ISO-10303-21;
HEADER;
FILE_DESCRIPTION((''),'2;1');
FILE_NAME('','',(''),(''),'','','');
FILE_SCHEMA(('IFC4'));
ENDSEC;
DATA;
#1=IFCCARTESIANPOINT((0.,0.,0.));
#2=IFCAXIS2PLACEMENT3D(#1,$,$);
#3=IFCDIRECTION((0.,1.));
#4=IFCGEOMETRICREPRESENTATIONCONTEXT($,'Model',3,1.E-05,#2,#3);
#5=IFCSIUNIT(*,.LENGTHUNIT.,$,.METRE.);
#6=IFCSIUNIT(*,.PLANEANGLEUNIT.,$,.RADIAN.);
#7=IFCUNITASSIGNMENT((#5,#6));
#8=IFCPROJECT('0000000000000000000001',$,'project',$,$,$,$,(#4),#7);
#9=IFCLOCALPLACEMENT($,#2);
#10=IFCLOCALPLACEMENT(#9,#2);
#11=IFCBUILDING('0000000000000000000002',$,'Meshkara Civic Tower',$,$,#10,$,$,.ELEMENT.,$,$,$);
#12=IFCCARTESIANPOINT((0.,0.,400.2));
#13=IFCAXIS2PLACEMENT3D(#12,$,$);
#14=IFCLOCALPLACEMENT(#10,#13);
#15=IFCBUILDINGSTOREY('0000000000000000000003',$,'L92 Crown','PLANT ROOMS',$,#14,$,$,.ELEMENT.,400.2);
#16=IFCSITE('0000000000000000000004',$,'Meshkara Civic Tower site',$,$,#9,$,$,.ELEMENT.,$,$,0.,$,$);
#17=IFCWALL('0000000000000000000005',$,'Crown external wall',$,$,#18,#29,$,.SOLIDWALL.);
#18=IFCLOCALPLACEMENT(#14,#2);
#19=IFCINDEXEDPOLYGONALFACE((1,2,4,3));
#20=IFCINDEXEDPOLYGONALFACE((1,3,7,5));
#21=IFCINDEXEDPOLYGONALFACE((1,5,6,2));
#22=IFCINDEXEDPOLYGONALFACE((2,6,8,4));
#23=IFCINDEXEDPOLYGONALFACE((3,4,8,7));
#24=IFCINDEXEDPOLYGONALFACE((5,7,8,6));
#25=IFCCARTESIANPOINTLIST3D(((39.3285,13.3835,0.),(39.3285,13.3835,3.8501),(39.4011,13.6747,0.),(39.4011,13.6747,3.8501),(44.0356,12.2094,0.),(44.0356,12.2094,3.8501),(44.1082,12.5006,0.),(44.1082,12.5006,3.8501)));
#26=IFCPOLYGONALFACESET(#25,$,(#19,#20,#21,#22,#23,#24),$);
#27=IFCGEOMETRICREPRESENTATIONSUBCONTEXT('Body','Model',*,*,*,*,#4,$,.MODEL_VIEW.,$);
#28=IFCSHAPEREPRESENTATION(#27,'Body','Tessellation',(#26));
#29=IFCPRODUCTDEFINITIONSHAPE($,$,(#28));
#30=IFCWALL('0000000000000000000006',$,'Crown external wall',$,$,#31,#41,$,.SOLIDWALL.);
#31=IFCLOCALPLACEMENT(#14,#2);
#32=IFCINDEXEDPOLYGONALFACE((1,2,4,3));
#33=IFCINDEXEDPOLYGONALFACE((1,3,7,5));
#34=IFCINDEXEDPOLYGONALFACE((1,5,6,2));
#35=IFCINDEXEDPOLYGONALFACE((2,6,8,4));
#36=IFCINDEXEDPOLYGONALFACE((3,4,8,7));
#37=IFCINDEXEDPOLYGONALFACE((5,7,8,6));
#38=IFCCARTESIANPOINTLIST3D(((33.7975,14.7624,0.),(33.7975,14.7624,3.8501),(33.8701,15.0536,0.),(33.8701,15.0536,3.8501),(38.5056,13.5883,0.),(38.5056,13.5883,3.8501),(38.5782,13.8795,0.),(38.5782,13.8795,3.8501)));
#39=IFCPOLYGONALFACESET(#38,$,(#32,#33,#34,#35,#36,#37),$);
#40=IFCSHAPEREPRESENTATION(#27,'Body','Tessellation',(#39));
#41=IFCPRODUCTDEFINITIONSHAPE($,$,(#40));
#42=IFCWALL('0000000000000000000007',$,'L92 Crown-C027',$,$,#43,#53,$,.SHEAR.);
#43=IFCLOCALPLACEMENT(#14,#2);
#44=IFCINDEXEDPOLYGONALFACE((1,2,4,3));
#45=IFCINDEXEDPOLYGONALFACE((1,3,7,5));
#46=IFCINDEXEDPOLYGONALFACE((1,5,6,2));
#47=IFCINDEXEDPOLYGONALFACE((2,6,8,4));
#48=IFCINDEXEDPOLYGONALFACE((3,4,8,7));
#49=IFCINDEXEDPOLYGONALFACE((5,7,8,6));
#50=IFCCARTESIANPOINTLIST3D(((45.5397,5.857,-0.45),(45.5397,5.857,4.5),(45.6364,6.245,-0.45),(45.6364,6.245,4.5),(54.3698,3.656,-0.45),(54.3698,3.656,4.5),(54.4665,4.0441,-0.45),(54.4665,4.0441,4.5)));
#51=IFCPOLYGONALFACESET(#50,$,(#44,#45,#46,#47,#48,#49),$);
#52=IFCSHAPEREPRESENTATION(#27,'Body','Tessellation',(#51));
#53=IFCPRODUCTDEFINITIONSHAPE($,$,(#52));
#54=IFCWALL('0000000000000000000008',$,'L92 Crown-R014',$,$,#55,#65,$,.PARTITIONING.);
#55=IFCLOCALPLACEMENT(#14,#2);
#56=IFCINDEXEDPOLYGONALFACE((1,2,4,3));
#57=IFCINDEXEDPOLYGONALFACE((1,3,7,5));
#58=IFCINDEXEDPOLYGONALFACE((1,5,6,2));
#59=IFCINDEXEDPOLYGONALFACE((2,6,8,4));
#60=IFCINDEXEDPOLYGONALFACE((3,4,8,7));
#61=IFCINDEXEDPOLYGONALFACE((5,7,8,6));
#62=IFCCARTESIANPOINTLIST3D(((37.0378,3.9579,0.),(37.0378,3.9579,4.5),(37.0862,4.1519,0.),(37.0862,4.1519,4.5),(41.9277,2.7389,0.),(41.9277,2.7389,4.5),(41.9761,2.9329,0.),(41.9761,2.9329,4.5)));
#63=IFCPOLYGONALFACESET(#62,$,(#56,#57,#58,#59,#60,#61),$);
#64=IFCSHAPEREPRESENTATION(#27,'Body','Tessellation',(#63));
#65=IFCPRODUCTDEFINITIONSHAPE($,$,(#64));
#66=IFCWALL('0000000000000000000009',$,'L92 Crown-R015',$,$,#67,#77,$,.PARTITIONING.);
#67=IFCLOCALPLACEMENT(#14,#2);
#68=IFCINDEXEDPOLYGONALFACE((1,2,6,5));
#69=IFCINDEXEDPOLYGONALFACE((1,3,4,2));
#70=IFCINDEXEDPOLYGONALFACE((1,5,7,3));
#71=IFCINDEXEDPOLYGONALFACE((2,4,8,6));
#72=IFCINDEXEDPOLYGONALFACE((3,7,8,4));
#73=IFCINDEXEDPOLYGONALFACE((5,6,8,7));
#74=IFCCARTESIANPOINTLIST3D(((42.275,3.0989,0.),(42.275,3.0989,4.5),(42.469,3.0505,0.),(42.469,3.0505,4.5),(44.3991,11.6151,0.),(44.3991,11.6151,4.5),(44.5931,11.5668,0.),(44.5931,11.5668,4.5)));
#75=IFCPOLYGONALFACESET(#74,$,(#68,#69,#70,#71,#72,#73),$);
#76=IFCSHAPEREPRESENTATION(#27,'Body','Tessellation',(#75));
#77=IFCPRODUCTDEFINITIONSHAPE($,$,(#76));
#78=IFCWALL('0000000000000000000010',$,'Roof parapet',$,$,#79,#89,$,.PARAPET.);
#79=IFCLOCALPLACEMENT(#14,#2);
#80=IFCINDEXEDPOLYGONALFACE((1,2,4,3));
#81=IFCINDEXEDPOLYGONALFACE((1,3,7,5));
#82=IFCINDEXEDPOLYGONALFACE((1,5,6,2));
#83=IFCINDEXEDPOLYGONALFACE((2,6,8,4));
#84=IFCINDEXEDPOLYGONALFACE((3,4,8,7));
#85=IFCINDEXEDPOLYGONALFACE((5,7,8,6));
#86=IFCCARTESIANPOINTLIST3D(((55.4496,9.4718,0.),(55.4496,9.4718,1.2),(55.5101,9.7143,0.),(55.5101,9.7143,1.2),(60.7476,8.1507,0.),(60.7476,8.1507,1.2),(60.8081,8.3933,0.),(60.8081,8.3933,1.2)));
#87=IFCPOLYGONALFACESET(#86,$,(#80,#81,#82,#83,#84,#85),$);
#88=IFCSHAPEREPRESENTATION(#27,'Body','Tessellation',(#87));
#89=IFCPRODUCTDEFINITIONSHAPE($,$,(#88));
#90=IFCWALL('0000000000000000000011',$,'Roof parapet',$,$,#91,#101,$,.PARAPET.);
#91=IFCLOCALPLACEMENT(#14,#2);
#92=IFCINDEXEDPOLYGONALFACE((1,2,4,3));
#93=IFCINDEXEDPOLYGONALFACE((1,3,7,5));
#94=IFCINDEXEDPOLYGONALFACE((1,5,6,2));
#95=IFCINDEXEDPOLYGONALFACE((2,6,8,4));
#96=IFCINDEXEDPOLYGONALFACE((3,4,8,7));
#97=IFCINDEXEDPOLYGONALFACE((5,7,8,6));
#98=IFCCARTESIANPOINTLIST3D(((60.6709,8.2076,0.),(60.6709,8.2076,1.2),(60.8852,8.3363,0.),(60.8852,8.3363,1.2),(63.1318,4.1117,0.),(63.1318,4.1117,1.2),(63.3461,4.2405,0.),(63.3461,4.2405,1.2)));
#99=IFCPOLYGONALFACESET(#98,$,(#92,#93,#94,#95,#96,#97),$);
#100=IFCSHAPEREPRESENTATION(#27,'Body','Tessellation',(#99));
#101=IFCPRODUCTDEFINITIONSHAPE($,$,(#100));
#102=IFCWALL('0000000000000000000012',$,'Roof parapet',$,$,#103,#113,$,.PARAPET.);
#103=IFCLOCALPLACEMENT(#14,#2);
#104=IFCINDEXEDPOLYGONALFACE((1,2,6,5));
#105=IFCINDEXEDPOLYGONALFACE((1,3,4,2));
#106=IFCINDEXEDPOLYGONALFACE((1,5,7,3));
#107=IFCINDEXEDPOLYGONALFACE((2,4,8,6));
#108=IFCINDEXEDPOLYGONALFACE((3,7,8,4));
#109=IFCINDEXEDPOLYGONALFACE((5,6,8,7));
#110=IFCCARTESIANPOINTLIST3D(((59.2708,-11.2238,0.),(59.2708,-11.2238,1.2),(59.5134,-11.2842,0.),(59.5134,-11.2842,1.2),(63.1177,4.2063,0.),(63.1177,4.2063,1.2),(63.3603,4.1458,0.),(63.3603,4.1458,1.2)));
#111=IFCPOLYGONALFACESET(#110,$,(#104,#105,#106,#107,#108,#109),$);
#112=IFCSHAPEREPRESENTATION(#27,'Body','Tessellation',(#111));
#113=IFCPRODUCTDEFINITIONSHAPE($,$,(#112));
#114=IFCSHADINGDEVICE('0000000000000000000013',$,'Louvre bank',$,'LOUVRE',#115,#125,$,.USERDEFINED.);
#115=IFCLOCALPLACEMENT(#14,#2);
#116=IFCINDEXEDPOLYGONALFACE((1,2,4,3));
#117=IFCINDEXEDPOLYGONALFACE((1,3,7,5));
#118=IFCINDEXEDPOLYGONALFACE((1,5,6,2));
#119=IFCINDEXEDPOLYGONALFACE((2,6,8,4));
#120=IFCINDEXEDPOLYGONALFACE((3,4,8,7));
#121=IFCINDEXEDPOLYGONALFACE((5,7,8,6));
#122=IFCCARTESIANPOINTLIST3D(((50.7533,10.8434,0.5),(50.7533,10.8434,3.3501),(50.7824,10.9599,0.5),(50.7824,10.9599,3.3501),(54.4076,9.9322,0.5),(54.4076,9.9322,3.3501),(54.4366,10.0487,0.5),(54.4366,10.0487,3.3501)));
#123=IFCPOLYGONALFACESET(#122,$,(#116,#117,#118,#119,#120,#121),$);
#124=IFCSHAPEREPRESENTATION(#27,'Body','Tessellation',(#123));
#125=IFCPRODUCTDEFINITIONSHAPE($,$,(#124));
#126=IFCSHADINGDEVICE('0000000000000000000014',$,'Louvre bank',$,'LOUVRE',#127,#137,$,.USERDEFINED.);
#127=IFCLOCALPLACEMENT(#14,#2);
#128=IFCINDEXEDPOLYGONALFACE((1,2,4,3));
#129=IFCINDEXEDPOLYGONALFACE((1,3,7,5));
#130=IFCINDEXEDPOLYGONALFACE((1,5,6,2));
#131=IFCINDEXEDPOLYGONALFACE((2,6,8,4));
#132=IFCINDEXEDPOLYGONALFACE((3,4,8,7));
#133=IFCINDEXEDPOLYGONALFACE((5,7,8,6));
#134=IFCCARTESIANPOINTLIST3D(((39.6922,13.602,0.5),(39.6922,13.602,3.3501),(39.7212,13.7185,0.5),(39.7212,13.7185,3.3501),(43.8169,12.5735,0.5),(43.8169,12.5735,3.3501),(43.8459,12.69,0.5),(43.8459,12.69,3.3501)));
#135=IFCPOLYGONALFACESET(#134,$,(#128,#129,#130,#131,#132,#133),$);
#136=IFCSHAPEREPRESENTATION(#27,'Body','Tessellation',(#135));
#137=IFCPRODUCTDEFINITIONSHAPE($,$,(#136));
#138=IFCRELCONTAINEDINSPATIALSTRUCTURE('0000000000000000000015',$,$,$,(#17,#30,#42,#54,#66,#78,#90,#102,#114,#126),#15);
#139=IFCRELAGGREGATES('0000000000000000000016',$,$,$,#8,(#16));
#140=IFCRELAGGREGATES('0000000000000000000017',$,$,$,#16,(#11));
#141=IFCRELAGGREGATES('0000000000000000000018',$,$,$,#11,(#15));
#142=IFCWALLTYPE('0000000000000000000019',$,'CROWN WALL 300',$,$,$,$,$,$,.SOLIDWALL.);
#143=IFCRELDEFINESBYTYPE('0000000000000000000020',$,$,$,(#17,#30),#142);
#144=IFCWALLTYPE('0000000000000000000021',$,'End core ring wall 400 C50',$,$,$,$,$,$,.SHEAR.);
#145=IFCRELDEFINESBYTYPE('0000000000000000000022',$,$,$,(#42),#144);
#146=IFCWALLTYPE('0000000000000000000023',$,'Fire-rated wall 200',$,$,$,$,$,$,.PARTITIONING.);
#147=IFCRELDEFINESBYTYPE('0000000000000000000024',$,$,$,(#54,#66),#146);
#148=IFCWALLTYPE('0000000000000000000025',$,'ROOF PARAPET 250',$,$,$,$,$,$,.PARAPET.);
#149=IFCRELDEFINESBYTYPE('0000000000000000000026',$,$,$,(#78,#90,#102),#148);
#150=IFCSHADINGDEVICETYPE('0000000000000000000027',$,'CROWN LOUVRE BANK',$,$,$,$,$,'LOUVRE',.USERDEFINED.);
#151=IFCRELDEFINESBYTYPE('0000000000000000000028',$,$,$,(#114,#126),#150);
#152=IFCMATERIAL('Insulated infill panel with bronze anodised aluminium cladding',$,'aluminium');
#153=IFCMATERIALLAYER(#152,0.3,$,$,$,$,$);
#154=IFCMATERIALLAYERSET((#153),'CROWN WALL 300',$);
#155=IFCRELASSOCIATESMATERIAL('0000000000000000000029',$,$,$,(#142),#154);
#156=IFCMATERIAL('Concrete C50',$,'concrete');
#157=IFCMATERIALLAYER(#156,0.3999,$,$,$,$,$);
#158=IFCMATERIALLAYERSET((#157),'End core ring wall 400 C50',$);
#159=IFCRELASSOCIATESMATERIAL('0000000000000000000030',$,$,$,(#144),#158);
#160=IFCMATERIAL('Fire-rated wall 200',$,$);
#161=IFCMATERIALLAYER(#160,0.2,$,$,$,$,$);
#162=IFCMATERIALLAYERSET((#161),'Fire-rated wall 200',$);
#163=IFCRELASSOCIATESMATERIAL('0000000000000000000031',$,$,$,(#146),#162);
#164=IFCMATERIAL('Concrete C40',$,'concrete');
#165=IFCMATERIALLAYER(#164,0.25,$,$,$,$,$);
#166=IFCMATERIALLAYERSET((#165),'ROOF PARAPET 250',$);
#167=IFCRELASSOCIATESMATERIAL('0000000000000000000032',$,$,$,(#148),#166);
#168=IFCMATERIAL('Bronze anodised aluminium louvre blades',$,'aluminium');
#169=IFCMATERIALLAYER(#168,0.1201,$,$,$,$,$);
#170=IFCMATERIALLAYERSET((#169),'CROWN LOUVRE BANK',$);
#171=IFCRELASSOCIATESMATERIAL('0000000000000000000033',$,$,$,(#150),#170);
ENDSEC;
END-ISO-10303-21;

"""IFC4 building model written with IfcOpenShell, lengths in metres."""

from ifc_helpers import new_model, si_unit, direction, frame, frame_2d, origin, origin_2d, place, context, subcontext, project, spatial, rectangle, extrude, material, layer, layer_set, type_object, element, save


model = new_model("IFC4")

# Units and contexts
model_context = context("Model", 3, precision=1e-05, world=origin(), true_north=direction((0.0, 1.0)))
body_context = subcontext(model_context, "Body", "Model", "MODEL_VIEW")
ifc_project = project(units=[si_unit("LENGTHUNIT", "METRE"), si_unit("PLANEANGLEUNIT", "RADIAN")], contexts=[model_context])

# Site, building, storey
site_placement = place(None, origin())
site = spatial("IfcSite", under=ifc_project, at=site_placement, Name="Meshkara Civic Tower site", CompositionType="ELEMENT", RefElevation=0.0)
building_placement = place(site_placement, origin())
building = spatial("IfcBuilding", under=site, at=building_placement, Name="Meshkara Civic Tower", CompositionType="ELEMENT")
storey_placement = place(building_placement, frame((0.0, 0.0, 400.2)))
storey = spatial("IfcBuildingStorey", under=building, at=storey_placement, Name="L92 Crown", Description="PLANT ROOMS", CompositionType="ELEMENT", Elevation=400.2)

# Walls
ifc_material_1 = material(Name="Insulated infill panel with bronze anodised aluminium cladding", Category="aluminium")
ifc_layer_1 = layer(ifc_material_1, 0.3)
ifc_layer_set_1 = layer_set([ifc_layer_1], Name="CROWN WALL 300")
wall_type_1 = type_object("IfcWallType", Name="CROWN WALL 300", PredefinedType="SOLIDWALL", material=ifc_layer_set_1)
wall_1_placement = place(storey_placement, frame((44.072, 12.355, 0.0), z_axis=(0.0, 0.0, 1.0), x_axis=(-0.970273, 0.242015, 0.0)))
element("IfcWall", 1, at=wall_1_placement, inside=storey, type_object=wall_type_1, Name="Crown external wall", PredefinedType="SOLIDWALL", context=body_context, shape_type="SweptSolid", body=[
    extrude(rectangle(XDim=4.8513, YDim=0.3, at=frame_2d((2.4258, 0.0))), origin(), (0.0, 0.0, 1.0), 3.8501),
])
wall_2_placement = place(storey_placement, frame((38.542, 13.7339, 0.0), z_axis=(0.0, 0.0, 1.0), x_axis=(-0.970284, 0.241967, 0.0)))
element("IfcWall", 2, at=wall_2_placement, inside=storey, type_object=wall_type_1, Name="Crown external wall", PredefinedType="SOLIDWALL", context=body_context, shape_type="SweptSolid", body=[
    extrude(rectangle(XDim=4.8523, YDim=0.3, at=frame_2d((2.4263, 0.0))), origin(), (0.0, 0.0, 1.0), 3.8501),
])

# Walls
ifc_material_2 = material(Name="Concrete C50", Category="concrete")
ifc_layer_2 = layer(ifc_material_2, 0.3999)
ifc_layer_set_2 = layer_set([ifc_layer_2], Name="End core ring wall 400 C50")
wall_type_2 = type_object("IfcWallType", Name="End core ring wall 400 C50", PredefinedType="SHEAR", material=ifc_layer_set_2)
wall_3_placement = place(storey_placement, frame((45.5879, 6.051, -0.45), z_axis=(0.0, 0.0, 1.0), x_axis=(0.970313, -0.241854, 0.0)))
element("IfcWall", 3, at=wall_3_placement, inside=storey, type_object=wall_type_2, Name="L92 Crown-C027", PredefinedType="SHEAR", context=body_context, shape_type="SweptSolid", body=[
    extrude(rectangle(XDim=9.1003, YDim=0.3999, at=frame_2d((4.5503, 0.0))), origin(), (0.0, 0.0, 1.0), 4.95),
])
ifc_material_3 = material(Name="Fire-rated wall 200")
ifc_layer_3 = layer(ifc_material_3, 0.2)
ifc_layer_set_3 = layer_set([ifc_layer_3], Name="Fire-rated wall 200")
wall_type_3 = type_object("IfcWallType", Name="Fire-rated wall 200", PredefinedType="PARTITIONING", material=ifc_layer_set_3)
wall_4_placement = place(storey_placement, frame((41.9519, 2.8359, 0.0), z_axis=(0.0, 0.0, 1.0), x_axis=(-0.970305, 0.241886, 0.0)))
element("IfcWall", 4, at=wall_4_placement, inside=storey, type_object=wall_type_3, Name="L92 Crown-R014", PredefinedType="PARTITIONING", context=body_context, shape_type="SweptSolid", body=[
    extrude(rectangle(XDim=5.0396, YDim=0.2, at=frame_2d((2.5198, 0.0))), origin(), (0.0, 0.0, 1.0), 4.5),
])
wall_5_placement = place(storey_placement, frame((44.4961, 11.5911, 0.0), z_axis=(0.0, 0.0, 1.0), x_axis=(-0.241999, -0.970277, 0.0)))
element("IfcWall", 5, at=wall_5_placement, inside=storey, type_object=wall_type_3, Name="L92 Crown-R015", PredefinedType="PARTITIONING", context=body_context, shape_type="SweptSolid", body=[
    extrude(rectangle(XDim=8.7771, YDim=0.2, at=frame_2d((4.3887, 0.0))), origin(), (0.0, 0.0, 1.0), 4.5),
])
ifc_material_4 = material(Name="Concrete C40", Category="concrete")
ifc_layer_4 = layer(ifc_material_4, 0.25)
ifc_layer_set_4 = layer_set([ifc_layer_4], Name="ROOF PARAPET 250")
wall_type_4 = type_object("IfcWallType", Name="ROOF PARAPET 250", PredefinedType="PARAPET", material=ifc_layer_set_4)
wall_6_placement = place(storey_placement, frame((55.48, 9.593, 0.0), z_axis=(0.0, 0.0, 1.0), x_axis=(0.970292, -0.241936, 0.0)))
element("IfcWall", 6, at=wall_6_placement, inside=storey, type_object=wall_type_4, Name="Roof parapet", PredefinedType="PARAPET", context=body_context, shape_type="SweptSolid", body=[
    extrude(rectangle(XDim=5.4602, YDim=0.25, at=frame_2d((2.73, 0.0))), origin(), (0.0, 0.0, 1.0), 1.2),
])
wall_7_placement = place(storey_placement, frame((60.7781, 8.272, 0.0), z_axis=(0.0, 0.0, 1.0), x_axis=(0.515014, -0.857182, 0.0)))
element("IfcWall", 7, at=wall_7_placement, inside=storey, type_object=wall_type_4, Name="Roof parapet", PredefinedType="PARAPET", context=body_context, shape_type="SweptSolid", body=[
    extrude(rectangle(XDim=4.7783, YDim=0.25, at=frame_2d((2.3892, 0.0))), origin(), (0.0, 0.0, 1.0), 1.2),
])
wall_8_placement = place(storey_placement, frame((63.239, 4.176, 0.0), z_axis=(0.0, 0.0, 1.0), x_axis=(-0.241911, -0.970299, 0.0)))
element("IfcWall", 8, at=wall_8_placement, inside=storey, type_object=wall_type_4, Name="Roof parapet", PredefinedType="PARAPET", context=body_context, shape_type="SweptSolid", body=[
    extrude(rectangle(XDim=15.9023, YDim=0.25, at=frame_2d((7.9512, 0.0))), origin(), (0.0, 0.0, 1.0), 1.2),
])

# Shading devices
ifc_material_5 = material(Name="Bronze anodised aluminium louvre blades", Category="aluminium")
ifc_layer_5 = layer(ifc_material_5, 0.1201)
ifc_layer_set_5 = layer_set([ifc_layer_5], Name="CROWN LOUVRE BANK")
shading_device_type = type_object("IfcShadingDeviceType", Name="CROWN LOUVRE BANK", ElementType="LOUVRE", PredefinedType="USERDEFINED", material=ifc_layer_set_5)
shading_device_1_placement = place(storey_placement, frame((52.595, 10.446, 0.5), z_axis=(0.0, 0.0, 1.0), x_axis=(-0.970292, 0.241939, 0.0)))
element("IfcShadingDevice", 9, at=shading_device_1_placement, inside=storey, type_object=shading_device_type, Name="Louvre bank", ObjectType="LOUVRE", PredefinedType="USERDEFINED", context=body_context, shape_type="SweptSolid", body=[
    extrude(rectangle(XDim=3.7661, YDim=0.1201, at=origin_2d()), origin(), (0.0, 0.0, 1.0), 2.8501),
])
shading_device_2_placement = place(storey_placement, frame((41.769, 13.146, 0.5), z_axis=(0.0, 0.0, 1.0), x_axis=(-0.970292, 0.241939, 0.0)))
element("IfcShadingDevice", 10, at=shading_device_2_placement, inside=storey, type_object=shading_device_type, Name="Louvre bank", ObjectType="LOUVRE", PredefinedType="USERDEFINED", context=body_context, shape_type="SweptSolid", body=[
    extrude(rectangle(XDim=4.251, YDim=0.1201, at=origin_2d()), origin(), (0.0, 0.0, 1.0), 2.8501),
])

save(model, "model.ifc")
